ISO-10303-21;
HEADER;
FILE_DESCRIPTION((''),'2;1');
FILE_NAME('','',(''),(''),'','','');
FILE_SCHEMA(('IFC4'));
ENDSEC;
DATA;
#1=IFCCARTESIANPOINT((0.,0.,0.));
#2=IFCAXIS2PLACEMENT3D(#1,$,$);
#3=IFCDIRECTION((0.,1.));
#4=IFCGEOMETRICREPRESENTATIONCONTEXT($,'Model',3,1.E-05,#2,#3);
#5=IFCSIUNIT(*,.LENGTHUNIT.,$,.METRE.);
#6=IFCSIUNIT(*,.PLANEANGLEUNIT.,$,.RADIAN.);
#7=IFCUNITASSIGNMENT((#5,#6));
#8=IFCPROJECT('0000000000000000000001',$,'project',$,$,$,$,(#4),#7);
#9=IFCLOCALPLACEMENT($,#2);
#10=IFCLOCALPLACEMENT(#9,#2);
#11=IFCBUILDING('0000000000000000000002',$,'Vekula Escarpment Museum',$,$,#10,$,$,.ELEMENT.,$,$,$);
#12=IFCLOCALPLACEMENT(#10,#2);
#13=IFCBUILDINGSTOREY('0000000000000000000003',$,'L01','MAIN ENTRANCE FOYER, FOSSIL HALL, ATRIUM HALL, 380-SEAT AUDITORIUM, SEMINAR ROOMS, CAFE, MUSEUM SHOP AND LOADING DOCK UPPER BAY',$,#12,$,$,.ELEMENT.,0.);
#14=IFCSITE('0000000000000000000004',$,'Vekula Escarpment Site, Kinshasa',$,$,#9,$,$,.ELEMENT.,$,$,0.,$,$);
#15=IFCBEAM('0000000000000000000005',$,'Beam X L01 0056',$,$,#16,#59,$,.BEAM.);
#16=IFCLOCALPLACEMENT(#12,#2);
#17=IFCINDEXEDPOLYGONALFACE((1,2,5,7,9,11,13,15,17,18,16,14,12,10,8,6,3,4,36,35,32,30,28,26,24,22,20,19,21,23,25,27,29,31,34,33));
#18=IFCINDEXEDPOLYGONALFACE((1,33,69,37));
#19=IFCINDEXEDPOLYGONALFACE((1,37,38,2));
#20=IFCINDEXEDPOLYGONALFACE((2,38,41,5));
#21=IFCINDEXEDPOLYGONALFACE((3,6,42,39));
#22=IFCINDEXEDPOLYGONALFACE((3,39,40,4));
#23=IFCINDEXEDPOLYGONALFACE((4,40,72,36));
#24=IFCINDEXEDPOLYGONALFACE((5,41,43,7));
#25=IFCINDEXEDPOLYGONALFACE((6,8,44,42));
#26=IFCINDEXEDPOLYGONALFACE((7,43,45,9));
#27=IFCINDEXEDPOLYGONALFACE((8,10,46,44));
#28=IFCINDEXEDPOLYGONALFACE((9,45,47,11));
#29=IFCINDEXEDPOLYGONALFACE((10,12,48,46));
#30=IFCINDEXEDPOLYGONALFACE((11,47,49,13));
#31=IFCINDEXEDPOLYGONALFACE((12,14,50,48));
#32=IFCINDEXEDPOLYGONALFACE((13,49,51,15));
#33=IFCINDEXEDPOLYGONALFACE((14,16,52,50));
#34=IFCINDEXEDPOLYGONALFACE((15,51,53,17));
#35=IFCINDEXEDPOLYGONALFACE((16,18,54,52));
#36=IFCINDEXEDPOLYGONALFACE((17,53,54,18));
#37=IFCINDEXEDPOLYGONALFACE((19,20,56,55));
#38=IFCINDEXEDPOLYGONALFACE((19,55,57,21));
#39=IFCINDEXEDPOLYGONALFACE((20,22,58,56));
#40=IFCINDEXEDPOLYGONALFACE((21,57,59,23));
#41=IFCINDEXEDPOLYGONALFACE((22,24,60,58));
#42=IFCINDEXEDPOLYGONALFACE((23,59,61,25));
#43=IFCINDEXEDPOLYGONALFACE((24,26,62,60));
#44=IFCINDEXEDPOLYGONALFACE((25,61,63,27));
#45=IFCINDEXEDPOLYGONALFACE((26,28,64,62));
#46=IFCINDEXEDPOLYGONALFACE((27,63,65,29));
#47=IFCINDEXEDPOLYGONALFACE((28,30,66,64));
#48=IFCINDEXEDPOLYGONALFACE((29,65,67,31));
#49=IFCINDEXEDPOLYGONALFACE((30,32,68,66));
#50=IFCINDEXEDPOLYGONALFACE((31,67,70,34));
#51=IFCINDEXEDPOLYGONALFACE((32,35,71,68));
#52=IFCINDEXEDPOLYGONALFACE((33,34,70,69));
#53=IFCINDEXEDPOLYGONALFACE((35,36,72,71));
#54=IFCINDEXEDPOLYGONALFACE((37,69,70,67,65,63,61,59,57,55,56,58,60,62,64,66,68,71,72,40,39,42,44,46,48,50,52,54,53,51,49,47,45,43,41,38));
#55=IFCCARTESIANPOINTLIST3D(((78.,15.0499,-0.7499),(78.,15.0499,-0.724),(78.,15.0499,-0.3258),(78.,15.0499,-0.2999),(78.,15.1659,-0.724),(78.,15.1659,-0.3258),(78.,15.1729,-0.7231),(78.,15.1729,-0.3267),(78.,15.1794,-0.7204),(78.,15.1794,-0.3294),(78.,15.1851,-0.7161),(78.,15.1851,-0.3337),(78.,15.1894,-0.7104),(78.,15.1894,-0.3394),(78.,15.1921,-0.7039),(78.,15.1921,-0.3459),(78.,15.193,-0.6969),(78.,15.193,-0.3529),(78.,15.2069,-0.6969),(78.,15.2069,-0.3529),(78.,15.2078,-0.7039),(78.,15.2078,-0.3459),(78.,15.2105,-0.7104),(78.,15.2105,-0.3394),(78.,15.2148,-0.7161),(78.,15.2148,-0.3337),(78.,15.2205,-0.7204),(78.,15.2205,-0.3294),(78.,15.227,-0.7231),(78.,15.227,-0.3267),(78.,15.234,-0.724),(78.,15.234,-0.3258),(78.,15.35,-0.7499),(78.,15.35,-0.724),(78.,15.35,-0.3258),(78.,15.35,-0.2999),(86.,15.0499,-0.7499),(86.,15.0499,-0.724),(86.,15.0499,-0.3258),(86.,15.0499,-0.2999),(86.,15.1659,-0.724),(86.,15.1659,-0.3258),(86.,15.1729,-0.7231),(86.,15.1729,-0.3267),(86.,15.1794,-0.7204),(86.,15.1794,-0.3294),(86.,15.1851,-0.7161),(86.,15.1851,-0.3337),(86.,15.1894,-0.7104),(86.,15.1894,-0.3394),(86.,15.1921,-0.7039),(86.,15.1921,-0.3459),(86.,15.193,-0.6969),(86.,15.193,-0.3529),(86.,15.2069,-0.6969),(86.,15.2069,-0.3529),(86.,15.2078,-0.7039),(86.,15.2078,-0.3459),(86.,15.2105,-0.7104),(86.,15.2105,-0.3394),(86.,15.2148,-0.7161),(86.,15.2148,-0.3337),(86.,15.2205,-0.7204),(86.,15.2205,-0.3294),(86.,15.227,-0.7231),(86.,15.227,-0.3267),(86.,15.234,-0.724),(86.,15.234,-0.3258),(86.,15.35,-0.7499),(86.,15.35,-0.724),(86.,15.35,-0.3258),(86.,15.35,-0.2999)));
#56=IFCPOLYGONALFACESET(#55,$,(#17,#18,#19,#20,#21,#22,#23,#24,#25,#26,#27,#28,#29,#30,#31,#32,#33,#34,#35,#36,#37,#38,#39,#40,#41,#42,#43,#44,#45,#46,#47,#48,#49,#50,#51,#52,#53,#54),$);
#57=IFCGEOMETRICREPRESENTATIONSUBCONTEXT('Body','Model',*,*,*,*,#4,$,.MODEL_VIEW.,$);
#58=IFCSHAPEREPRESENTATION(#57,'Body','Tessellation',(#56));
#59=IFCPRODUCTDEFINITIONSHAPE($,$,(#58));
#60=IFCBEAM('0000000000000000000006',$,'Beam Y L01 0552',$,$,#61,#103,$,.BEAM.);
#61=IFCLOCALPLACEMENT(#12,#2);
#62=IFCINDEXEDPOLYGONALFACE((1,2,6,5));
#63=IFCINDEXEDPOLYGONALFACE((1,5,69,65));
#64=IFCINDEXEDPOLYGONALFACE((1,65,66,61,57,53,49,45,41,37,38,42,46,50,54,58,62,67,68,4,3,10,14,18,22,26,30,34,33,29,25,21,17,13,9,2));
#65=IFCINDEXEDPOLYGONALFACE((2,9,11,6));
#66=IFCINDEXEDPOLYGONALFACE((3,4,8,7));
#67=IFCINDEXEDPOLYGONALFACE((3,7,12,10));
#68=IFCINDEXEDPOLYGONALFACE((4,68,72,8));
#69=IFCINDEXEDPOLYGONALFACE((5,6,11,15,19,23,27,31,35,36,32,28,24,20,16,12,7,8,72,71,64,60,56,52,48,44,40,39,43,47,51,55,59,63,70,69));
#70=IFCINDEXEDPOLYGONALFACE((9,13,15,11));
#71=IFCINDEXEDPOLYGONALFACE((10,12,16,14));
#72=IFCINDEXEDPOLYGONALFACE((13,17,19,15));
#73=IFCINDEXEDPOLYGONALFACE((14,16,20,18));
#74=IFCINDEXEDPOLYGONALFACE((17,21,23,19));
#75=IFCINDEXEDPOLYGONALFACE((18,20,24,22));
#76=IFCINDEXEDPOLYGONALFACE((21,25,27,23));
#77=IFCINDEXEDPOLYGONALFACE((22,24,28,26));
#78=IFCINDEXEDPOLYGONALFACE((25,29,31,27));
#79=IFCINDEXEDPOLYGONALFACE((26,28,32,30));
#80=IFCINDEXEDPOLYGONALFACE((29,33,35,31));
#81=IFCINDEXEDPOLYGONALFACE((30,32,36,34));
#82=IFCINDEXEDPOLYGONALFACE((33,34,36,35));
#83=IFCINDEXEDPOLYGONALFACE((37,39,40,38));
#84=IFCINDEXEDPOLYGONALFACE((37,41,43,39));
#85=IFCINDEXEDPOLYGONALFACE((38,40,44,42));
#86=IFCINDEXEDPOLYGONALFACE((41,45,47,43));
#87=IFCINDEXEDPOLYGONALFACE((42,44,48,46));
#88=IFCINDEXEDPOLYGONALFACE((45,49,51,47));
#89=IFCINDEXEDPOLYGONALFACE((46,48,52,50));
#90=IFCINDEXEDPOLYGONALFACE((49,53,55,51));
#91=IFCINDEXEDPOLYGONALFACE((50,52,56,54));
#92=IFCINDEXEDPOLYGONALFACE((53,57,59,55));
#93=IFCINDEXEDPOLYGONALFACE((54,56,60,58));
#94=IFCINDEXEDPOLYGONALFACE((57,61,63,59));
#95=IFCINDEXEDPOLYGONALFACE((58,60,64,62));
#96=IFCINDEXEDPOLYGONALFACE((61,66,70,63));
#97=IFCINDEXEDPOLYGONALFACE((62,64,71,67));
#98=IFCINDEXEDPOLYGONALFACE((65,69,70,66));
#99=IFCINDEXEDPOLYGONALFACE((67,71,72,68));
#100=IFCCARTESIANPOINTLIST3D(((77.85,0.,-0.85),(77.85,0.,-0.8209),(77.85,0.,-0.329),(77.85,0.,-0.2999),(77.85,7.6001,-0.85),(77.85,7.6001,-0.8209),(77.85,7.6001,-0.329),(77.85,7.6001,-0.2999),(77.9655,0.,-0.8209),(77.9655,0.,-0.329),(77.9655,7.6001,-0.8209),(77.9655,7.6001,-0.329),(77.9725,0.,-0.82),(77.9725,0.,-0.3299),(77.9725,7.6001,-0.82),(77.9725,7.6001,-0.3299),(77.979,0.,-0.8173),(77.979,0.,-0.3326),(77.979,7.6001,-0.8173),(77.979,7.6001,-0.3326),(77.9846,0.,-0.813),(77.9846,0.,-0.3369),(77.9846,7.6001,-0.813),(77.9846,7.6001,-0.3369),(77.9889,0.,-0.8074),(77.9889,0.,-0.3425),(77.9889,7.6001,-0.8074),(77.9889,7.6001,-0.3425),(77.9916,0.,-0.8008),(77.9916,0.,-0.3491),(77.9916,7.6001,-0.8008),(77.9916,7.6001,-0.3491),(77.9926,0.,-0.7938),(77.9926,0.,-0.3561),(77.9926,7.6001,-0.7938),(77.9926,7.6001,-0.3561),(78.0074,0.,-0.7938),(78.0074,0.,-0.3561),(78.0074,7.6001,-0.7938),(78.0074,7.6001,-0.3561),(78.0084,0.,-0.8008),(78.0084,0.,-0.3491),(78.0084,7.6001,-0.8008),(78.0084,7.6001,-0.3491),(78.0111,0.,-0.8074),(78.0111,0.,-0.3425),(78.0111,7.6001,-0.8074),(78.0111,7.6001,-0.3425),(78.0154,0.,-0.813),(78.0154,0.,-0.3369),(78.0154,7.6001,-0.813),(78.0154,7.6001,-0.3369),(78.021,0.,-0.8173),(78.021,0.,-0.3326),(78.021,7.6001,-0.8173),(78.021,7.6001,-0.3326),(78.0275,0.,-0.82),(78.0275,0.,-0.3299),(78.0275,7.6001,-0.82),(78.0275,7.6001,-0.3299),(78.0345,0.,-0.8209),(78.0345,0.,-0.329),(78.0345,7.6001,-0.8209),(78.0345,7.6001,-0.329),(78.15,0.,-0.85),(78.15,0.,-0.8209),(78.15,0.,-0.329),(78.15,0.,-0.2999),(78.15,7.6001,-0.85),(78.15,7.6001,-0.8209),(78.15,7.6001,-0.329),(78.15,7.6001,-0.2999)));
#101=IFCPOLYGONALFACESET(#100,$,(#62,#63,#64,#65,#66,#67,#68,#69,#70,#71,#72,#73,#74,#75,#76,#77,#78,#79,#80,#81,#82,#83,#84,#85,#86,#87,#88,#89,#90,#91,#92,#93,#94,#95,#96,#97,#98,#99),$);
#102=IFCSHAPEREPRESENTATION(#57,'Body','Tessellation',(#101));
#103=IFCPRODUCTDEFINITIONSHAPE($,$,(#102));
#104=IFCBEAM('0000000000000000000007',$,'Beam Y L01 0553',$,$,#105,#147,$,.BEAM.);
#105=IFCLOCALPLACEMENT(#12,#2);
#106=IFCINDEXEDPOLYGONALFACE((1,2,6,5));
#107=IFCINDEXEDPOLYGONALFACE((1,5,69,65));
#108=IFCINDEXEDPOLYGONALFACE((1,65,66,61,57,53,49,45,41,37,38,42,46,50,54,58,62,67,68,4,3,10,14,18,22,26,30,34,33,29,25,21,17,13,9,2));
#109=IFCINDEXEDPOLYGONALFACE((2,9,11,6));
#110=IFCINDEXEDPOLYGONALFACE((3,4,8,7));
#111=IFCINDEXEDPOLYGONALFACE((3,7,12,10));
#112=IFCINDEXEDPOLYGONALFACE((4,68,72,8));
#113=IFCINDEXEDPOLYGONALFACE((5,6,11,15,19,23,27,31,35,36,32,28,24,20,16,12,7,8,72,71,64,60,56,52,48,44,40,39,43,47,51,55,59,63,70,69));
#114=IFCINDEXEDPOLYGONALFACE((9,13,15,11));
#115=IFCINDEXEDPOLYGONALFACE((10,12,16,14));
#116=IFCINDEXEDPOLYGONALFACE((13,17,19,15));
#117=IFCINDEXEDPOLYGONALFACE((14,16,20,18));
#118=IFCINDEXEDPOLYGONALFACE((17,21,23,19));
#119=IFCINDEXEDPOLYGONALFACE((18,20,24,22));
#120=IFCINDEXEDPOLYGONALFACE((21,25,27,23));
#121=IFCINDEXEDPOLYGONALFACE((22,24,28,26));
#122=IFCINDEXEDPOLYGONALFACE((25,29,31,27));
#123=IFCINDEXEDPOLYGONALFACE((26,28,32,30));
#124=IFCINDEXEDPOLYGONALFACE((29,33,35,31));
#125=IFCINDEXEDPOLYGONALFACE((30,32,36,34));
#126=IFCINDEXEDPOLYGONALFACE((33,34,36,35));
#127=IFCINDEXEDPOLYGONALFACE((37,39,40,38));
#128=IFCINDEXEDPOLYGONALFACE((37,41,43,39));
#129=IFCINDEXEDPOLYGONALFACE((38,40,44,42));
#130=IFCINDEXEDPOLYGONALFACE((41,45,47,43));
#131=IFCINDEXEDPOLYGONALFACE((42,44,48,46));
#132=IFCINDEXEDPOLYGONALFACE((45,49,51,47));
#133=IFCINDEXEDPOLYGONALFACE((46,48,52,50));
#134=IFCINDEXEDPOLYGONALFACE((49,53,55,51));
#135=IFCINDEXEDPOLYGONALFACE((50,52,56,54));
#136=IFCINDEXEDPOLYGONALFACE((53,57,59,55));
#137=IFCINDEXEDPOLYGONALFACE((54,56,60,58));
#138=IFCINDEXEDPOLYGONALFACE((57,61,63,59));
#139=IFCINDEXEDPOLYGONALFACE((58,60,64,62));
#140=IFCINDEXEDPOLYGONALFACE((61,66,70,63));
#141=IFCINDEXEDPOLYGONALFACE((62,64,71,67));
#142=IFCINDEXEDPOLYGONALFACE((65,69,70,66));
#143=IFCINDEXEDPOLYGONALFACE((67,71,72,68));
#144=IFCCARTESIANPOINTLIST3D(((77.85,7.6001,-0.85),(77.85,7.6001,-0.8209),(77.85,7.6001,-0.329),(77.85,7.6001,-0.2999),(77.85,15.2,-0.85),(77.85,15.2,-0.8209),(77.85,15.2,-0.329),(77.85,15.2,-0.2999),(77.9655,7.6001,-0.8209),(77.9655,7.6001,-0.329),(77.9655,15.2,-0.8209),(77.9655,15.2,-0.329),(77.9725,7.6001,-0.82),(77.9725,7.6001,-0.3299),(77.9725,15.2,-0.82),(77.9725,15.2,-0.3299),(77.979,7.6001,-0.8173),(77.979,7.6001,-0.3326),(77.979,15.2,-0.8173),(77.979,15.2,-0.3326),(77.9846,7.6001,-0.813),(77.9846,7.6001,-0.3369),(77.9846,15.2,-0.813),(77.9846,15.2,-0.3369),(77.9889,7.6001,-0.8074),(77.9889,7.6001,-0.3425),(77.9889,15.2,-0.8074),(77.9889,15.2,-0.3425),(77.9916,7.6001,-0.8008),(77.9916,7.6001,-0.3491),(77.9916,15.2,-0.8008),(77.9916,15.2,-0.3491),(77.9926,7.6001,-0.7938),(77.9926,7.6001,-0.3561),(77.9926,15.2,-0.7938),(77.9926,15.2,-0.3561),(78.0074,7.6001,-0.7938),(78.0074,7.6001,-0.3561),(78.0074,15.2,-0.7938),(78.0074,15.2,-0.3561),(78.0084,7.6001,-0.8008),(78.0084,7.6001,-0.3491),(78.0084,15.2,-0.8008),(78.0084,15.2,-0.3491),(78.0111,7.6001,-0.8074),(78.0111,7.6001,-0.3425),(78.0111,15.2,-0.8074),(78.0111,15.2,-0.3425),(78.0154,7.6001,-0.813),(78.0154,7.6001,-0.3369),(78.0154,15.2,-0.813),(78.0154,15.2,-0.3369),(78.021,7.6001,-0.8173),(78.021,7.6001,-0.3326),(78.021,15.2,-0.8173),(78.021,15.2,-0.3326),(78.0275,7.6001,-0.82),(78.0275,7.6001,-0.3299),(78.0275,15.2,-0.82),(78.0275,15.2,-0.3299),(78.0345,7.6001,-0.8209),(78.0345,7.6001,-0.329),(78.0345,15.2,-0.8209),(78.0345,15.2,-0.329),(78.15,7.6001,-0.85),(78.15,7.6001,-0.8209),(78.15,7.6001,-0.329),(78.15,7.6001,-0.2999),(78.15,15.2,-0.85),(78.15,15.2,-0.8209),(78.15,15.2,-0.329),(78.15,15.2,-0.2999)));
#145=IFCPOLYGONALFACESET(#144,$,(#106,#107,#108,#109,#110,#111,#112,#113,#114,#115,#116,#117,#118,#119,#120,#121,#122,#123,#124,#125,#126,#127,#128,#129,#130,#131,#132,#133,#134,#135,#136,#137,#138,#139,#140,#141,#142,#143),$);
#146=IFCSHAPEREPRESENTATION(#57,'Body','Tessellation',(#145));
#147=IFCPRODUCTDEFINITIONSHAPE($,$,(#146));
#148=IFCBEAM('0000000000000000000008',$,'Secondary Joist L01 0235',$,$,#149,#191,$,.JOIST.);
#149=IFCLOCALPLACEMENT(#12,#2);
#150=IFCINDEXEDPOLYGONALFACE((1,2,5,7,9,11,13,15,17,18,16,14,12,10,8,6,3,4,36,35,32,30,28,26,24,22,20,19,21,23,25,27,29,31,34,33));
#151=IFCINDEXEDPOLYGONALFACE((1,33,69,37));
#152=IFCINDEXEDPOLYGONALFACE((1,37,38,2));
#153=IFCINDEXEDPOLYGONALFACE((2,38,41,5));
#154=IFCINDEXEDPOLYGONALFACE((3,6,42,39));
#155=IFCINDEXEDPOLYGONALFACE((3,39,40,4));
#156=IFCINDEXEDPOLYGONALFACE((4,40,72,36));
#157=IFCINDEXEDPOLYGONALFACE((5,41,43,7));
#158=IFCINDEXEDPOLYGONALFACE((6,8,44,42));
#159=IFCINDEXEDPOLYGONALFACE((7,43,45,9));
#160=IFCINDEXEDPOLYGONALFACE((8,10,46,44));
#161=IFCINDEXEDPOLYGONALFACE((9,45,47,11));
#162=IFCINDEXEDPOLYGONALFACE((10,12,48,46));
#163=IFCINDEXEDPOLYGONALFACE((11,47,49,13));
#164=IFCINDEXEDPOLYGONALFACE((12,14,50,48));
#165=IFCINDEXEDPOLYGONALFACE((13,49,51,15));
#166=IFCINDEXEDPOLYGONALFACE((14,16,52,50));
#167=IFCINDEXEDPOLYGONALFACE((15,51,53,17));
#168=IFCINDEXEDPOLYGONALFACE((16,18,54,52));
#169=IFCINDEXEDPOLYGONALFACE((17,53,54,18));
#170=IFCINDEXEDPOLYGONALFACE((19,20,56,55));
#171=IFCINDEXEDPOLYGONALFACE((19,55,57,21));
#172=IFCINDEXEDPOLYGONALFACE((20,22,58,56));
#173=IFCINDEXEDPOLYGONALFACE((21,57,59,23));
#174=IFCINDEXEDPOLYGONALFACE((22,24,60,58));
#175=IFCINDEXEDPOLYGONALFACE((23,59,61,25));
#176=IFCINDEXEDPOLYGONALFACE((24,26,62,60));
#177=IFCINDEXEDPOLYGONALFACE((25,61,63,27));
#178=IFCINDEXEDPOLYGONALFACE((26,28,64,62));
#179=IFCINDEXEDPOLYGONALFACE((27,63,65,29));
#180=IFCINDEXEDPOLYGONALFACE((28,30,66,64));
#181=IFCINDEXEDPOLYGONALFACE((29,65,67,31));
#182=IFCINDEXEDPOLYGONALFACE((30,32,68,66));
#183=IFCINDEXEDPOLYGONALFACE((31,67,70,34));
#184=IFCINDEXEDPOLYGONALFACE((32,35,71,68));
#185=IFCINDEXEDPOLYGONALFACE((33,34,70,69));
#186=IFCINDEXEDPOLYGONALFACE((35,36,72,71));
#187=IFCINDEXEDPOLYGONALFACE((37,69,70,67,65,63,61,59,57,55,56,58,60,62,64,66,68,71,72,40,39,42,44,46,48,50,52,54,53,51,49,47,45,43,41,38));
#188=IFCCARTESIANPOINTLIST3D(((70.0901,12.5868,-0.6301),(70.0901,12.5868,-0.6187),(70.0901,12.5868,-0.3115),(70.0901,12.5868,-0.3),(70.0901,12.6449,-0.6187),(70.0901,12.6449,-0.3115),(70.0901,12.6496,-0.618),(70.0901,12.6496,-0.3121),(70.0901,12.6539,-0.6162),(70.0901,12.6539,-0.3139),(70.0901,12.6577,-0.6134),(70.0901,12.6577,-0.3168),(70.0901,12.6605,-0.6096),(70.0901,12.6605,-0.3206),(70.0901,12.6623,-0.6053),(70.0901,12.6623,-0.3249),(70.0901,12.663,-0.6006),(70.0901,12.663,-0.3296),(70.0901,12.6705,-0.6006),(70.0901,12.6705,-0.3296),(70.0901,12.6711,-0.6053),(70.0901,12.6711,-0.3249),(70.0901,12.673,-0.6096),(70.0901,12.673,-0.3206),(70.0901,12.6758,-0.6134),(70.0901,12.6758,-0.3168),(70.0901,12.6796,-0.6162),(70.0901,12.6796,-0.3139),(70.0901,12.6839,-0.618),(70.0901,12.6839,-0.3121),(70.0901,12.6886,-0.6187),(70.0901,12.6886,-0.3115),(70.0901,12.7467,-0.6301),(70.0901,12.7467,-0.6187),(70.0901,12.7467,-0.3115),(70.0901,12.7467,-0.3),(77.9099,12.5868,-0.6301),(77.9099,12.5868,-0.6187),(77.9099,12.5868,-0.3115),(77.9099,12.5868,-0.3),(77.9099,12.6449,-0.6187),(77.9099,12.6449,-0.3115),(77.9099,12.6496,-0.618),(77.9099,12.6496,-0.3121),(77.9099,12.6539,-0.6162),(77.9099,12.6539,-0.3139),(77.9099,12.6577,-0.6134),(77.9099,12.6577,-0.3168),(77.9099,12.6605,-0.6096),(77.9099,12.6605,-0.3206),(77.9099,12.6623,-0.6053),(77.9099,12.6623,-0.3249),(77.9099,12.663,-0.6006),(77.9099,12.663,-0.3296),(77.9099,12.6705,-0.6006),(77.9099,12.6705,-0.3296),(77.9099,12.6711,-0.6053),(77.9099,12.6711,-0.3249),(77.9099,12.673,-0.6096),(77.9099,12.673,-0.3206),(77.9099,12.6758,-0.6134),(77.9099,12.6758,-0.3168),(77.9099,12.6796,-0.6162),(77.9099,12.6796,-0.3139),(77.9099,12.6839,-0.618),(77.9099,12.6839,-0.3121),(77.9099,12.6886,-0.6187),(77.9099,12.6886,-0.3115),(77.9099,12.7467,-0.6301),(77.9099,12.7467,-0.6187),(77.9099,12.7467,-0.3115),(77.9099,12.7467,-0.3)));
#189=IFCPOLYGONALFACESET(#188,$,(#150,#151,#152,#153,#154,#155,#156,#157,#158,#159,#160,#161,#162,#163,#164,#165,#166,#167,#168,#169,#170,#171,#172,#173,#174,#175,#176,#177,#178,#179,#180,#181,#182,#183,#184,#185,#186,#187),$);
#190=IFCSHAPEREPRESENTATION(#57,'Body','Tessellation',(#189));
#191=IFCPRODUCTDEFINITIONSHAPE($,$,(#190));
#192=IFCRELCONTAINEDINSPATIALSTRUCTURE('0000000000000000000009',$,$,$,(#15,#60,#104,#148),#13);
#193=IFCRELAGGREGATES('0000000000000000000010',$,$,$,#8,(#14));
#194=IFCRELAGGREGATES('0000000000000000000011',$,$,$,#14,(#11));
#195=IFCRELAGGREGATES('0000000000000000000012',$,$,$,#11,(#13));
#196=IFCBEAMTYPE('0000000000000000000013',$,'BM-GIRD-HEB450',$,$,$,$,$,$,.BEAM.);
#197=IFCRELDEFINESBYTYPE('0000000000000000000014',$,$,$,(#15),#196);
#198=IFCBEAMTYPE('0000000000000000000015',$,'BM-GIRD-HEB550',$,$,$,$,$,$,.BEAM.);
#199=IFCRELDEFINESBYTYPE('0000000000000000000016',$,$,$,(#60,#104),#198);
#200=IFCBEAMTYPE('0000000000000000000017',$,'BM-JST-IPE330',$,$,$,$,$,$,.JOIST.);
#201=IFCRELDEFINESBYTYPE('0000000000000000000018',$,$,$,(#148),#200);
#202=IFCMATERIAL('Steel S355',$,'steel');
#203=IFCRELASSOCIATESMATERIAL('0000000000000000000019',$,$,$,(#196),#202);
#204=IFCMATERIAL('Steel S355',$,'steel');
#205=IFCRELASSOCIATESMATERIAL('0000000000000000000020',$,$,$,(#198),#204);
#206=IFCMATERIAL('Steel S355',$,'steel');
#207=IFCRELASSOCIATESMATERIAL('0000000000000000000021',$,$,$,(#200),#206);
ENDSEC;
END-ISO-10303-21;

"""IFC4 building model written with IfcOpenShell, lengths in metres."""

from ifc_helpers import new_model, si_unit, direction, frame, origin, origin_2d, place, context, subcontext, project, spatial, i_section, extrude, material, material_profile, profile_set, type_object, element, save


model = new_model("IFC4")

# Units and contexts
model_context = context("Model", 3, precision=1e-05, world=origin(), true_north=direction((0.0, 1.0)))
body_context = subcontext(model_context, "Body", "Model", "MODEL_VIEW")
ifc_project = project(units=[si_unit("LENGTHUNIT", "METRE"), si_unit("PLANEANGLEUNIT", "RADIAN")], contexts=[model_context])

# Site, building, storey
site_placement = place(None, origin())
site = spatial("IfcSite", under=ifc_project, at=site_placement, Name="Vekula Escarpment Site, Kinshasa", CompositionType="ELEMENT", RefElevation=0.0)
building_placement = place(site_placement, origin())
building = spatial("IfcBuilding", under=site, at=building_placement, Name="Vekula Escarpment Museum", CompositionType="ELEMENT")
storey_placement = place(building_placement, origin())
storey = spatial("IfcBuildingStorey", under=building, at=storey_placement, Name="L01", Description="MAIN ENTRANCE FOYER, FOSSIL HALL, ATRIUM HALL, 380-SEAT AUDITORIUM, SEMINAR ROOMS, CAFE, MUSEUM SHOP AND LOADING DOCK UPPER BAY", CompositionType="ELEMENT", Elevation=0.0)

# Beams
ifc_material_1 = material(Name="Steel S355", Category="steel")
ifc_material_profile_1 = material_profile(ifc_material_1, i_section(OverallWidth=0.3, OverallDepth=0.45, WebThickness=0.0139, FlangeThickness=0.0259, FilletRadius=0.0271, at=origin_2d()), Name="HEB 450")
ifc_profile_set_1 = profile_set([ifc_material_profile_1], Name="Steel S355")
beam_type_1 = type_object("IfcBeamType", Name="BM-GIRD-HEB450", PredefinedType="BEAM", material=ifc_profile_set_1)
beam_1_placement = place(storey_placement, frame((78.0, 15.2, -0.5249), z_axis=(1.0, 0.0, 0.0), x_axis=(0.0, 1.0, 0.0)))
element("IfcBeam", 1, at=beam_1_placement, inside=storey, type_object=beam_type_1, Name="Beam X L01 0056", PredefinedType="BEAM", context=body_context, shape_type="SweptSolid", body=[
    extrude(i_section(OverallWidth=0.3, OverallDepth=0.45, WebThickness=0.0139, FlangeThickness=0.0259, FilletRadius=0.0271, at=origin_2d()), origin(), (0.0, 0.0, 1.0), 8.0),
])
ifc_material_2 = material(Name="Steel S355", Category="steel")
ifc_material_profile_2 = material_profile(ifc_material_2, i_section(OverallWidth=0.3, OverallDepth=0.55, WebThickness=0.0149, FlangeThickness=0.0291, FilletRadius=0.0271, at=origin_2d()), Name="HEB 550")
ifc_profile_set_2 = profile_set([ifc_material_profile_2], Name="Steel S355")
beam_type_2 = type_object("IfcBeamType", Name="BM-GIRD-HEB550", PredefinedType="BEAM", material=ifc_profile_set_2)
beam_2_placement = place(storey_placement, frame((78.0, 0.0, -0.575), z_axis=(0.0, 1.0, 0.0), x_axis=(-1.0, 0.0, 0.0)))
element("IfcBeam", 2, at=beam_2_placement, inside=storey, type_object=beam_type_2, Name="Beam Y L01 0552", PredefinedType="BEAM", context=body_context, shape_type="SweptSolid", body=[
    extrude(i_section(OverallWidth=0.3, OverallDepth=0.55, WebThickness=0.0149, FlangeThickness=0.0291, FilletRadius=0.0271, at=origin_2d()), origin(), (0.0, 0.0, 1.0), 7.6001),
])
beam_3_placement = place(storey_placement, frame((78.0, 7.6001, -0.575), z_axis=(0.0, 1.0, 0.0), x_axis=(-1.0, 0.0, 0.0)))
element("IfcBeam", 3, at=beam_3_placement, inside=storey, type_object=beam_type_2, Name="Beam Y L01 0553", PredefinedType="BEAM", context=body_context, shape_type="SweptSolid", body=[
    extrude(i_section(OverallWidth=0.3, OverallDepth=0.55, WebThickness=0.0149, FlangeThickness=0.0291, FilletRadius=0.0271, at=origin_2d()), origin(), (0.0, 0.0, 1.0), 7.5999),
])
ifc_material_3 = material(Name="Steel S355", Category="steel")
ifc_material_profile_3 = material_profile(ifc_material_3, i_section(OverallWidth=0.1599, OverallDepth=0.3301, WebThickness=0.0076, FlangeThickness=0.0115, FilletRadius=0.0181, at=origin_2d()), Name="IPE 330")
ifc_profile_set_3 = profile_set([ifc_material_profile_3], Name="Steel S355")
beam_type_3 = type_object("IfcBeamType", Name="BM-JST-IPE330", PredefinedType="JOIST", material=ifc_profile_set_3)
beam_4_placement = place(storey_placement, frame((70.0901, 12.6667, -0.4651), z_axis=(1.0, 0.0, 0.0), x_axis=(0.0, 1.0, 0.0)))
element("IfcBeam", 4, at=beam_4_placement, inside=storey, type_object=beam_type_3, Name="Secondary Joist L01 0235", PredefinedType="JOIST", context=body_context, shape_type="SweptSolid", body=[
    extrude(i_section(OverallWidth=0.1599, OverallDepth=0.3301, WebThickness=0.0076, FlangeThickness=0.0115, FilletRadius=0.0181, at=origin_2d()), origin(), (0.0, 0.0, 1.0), 7.8198),
])

save(model, "model.ifc")
